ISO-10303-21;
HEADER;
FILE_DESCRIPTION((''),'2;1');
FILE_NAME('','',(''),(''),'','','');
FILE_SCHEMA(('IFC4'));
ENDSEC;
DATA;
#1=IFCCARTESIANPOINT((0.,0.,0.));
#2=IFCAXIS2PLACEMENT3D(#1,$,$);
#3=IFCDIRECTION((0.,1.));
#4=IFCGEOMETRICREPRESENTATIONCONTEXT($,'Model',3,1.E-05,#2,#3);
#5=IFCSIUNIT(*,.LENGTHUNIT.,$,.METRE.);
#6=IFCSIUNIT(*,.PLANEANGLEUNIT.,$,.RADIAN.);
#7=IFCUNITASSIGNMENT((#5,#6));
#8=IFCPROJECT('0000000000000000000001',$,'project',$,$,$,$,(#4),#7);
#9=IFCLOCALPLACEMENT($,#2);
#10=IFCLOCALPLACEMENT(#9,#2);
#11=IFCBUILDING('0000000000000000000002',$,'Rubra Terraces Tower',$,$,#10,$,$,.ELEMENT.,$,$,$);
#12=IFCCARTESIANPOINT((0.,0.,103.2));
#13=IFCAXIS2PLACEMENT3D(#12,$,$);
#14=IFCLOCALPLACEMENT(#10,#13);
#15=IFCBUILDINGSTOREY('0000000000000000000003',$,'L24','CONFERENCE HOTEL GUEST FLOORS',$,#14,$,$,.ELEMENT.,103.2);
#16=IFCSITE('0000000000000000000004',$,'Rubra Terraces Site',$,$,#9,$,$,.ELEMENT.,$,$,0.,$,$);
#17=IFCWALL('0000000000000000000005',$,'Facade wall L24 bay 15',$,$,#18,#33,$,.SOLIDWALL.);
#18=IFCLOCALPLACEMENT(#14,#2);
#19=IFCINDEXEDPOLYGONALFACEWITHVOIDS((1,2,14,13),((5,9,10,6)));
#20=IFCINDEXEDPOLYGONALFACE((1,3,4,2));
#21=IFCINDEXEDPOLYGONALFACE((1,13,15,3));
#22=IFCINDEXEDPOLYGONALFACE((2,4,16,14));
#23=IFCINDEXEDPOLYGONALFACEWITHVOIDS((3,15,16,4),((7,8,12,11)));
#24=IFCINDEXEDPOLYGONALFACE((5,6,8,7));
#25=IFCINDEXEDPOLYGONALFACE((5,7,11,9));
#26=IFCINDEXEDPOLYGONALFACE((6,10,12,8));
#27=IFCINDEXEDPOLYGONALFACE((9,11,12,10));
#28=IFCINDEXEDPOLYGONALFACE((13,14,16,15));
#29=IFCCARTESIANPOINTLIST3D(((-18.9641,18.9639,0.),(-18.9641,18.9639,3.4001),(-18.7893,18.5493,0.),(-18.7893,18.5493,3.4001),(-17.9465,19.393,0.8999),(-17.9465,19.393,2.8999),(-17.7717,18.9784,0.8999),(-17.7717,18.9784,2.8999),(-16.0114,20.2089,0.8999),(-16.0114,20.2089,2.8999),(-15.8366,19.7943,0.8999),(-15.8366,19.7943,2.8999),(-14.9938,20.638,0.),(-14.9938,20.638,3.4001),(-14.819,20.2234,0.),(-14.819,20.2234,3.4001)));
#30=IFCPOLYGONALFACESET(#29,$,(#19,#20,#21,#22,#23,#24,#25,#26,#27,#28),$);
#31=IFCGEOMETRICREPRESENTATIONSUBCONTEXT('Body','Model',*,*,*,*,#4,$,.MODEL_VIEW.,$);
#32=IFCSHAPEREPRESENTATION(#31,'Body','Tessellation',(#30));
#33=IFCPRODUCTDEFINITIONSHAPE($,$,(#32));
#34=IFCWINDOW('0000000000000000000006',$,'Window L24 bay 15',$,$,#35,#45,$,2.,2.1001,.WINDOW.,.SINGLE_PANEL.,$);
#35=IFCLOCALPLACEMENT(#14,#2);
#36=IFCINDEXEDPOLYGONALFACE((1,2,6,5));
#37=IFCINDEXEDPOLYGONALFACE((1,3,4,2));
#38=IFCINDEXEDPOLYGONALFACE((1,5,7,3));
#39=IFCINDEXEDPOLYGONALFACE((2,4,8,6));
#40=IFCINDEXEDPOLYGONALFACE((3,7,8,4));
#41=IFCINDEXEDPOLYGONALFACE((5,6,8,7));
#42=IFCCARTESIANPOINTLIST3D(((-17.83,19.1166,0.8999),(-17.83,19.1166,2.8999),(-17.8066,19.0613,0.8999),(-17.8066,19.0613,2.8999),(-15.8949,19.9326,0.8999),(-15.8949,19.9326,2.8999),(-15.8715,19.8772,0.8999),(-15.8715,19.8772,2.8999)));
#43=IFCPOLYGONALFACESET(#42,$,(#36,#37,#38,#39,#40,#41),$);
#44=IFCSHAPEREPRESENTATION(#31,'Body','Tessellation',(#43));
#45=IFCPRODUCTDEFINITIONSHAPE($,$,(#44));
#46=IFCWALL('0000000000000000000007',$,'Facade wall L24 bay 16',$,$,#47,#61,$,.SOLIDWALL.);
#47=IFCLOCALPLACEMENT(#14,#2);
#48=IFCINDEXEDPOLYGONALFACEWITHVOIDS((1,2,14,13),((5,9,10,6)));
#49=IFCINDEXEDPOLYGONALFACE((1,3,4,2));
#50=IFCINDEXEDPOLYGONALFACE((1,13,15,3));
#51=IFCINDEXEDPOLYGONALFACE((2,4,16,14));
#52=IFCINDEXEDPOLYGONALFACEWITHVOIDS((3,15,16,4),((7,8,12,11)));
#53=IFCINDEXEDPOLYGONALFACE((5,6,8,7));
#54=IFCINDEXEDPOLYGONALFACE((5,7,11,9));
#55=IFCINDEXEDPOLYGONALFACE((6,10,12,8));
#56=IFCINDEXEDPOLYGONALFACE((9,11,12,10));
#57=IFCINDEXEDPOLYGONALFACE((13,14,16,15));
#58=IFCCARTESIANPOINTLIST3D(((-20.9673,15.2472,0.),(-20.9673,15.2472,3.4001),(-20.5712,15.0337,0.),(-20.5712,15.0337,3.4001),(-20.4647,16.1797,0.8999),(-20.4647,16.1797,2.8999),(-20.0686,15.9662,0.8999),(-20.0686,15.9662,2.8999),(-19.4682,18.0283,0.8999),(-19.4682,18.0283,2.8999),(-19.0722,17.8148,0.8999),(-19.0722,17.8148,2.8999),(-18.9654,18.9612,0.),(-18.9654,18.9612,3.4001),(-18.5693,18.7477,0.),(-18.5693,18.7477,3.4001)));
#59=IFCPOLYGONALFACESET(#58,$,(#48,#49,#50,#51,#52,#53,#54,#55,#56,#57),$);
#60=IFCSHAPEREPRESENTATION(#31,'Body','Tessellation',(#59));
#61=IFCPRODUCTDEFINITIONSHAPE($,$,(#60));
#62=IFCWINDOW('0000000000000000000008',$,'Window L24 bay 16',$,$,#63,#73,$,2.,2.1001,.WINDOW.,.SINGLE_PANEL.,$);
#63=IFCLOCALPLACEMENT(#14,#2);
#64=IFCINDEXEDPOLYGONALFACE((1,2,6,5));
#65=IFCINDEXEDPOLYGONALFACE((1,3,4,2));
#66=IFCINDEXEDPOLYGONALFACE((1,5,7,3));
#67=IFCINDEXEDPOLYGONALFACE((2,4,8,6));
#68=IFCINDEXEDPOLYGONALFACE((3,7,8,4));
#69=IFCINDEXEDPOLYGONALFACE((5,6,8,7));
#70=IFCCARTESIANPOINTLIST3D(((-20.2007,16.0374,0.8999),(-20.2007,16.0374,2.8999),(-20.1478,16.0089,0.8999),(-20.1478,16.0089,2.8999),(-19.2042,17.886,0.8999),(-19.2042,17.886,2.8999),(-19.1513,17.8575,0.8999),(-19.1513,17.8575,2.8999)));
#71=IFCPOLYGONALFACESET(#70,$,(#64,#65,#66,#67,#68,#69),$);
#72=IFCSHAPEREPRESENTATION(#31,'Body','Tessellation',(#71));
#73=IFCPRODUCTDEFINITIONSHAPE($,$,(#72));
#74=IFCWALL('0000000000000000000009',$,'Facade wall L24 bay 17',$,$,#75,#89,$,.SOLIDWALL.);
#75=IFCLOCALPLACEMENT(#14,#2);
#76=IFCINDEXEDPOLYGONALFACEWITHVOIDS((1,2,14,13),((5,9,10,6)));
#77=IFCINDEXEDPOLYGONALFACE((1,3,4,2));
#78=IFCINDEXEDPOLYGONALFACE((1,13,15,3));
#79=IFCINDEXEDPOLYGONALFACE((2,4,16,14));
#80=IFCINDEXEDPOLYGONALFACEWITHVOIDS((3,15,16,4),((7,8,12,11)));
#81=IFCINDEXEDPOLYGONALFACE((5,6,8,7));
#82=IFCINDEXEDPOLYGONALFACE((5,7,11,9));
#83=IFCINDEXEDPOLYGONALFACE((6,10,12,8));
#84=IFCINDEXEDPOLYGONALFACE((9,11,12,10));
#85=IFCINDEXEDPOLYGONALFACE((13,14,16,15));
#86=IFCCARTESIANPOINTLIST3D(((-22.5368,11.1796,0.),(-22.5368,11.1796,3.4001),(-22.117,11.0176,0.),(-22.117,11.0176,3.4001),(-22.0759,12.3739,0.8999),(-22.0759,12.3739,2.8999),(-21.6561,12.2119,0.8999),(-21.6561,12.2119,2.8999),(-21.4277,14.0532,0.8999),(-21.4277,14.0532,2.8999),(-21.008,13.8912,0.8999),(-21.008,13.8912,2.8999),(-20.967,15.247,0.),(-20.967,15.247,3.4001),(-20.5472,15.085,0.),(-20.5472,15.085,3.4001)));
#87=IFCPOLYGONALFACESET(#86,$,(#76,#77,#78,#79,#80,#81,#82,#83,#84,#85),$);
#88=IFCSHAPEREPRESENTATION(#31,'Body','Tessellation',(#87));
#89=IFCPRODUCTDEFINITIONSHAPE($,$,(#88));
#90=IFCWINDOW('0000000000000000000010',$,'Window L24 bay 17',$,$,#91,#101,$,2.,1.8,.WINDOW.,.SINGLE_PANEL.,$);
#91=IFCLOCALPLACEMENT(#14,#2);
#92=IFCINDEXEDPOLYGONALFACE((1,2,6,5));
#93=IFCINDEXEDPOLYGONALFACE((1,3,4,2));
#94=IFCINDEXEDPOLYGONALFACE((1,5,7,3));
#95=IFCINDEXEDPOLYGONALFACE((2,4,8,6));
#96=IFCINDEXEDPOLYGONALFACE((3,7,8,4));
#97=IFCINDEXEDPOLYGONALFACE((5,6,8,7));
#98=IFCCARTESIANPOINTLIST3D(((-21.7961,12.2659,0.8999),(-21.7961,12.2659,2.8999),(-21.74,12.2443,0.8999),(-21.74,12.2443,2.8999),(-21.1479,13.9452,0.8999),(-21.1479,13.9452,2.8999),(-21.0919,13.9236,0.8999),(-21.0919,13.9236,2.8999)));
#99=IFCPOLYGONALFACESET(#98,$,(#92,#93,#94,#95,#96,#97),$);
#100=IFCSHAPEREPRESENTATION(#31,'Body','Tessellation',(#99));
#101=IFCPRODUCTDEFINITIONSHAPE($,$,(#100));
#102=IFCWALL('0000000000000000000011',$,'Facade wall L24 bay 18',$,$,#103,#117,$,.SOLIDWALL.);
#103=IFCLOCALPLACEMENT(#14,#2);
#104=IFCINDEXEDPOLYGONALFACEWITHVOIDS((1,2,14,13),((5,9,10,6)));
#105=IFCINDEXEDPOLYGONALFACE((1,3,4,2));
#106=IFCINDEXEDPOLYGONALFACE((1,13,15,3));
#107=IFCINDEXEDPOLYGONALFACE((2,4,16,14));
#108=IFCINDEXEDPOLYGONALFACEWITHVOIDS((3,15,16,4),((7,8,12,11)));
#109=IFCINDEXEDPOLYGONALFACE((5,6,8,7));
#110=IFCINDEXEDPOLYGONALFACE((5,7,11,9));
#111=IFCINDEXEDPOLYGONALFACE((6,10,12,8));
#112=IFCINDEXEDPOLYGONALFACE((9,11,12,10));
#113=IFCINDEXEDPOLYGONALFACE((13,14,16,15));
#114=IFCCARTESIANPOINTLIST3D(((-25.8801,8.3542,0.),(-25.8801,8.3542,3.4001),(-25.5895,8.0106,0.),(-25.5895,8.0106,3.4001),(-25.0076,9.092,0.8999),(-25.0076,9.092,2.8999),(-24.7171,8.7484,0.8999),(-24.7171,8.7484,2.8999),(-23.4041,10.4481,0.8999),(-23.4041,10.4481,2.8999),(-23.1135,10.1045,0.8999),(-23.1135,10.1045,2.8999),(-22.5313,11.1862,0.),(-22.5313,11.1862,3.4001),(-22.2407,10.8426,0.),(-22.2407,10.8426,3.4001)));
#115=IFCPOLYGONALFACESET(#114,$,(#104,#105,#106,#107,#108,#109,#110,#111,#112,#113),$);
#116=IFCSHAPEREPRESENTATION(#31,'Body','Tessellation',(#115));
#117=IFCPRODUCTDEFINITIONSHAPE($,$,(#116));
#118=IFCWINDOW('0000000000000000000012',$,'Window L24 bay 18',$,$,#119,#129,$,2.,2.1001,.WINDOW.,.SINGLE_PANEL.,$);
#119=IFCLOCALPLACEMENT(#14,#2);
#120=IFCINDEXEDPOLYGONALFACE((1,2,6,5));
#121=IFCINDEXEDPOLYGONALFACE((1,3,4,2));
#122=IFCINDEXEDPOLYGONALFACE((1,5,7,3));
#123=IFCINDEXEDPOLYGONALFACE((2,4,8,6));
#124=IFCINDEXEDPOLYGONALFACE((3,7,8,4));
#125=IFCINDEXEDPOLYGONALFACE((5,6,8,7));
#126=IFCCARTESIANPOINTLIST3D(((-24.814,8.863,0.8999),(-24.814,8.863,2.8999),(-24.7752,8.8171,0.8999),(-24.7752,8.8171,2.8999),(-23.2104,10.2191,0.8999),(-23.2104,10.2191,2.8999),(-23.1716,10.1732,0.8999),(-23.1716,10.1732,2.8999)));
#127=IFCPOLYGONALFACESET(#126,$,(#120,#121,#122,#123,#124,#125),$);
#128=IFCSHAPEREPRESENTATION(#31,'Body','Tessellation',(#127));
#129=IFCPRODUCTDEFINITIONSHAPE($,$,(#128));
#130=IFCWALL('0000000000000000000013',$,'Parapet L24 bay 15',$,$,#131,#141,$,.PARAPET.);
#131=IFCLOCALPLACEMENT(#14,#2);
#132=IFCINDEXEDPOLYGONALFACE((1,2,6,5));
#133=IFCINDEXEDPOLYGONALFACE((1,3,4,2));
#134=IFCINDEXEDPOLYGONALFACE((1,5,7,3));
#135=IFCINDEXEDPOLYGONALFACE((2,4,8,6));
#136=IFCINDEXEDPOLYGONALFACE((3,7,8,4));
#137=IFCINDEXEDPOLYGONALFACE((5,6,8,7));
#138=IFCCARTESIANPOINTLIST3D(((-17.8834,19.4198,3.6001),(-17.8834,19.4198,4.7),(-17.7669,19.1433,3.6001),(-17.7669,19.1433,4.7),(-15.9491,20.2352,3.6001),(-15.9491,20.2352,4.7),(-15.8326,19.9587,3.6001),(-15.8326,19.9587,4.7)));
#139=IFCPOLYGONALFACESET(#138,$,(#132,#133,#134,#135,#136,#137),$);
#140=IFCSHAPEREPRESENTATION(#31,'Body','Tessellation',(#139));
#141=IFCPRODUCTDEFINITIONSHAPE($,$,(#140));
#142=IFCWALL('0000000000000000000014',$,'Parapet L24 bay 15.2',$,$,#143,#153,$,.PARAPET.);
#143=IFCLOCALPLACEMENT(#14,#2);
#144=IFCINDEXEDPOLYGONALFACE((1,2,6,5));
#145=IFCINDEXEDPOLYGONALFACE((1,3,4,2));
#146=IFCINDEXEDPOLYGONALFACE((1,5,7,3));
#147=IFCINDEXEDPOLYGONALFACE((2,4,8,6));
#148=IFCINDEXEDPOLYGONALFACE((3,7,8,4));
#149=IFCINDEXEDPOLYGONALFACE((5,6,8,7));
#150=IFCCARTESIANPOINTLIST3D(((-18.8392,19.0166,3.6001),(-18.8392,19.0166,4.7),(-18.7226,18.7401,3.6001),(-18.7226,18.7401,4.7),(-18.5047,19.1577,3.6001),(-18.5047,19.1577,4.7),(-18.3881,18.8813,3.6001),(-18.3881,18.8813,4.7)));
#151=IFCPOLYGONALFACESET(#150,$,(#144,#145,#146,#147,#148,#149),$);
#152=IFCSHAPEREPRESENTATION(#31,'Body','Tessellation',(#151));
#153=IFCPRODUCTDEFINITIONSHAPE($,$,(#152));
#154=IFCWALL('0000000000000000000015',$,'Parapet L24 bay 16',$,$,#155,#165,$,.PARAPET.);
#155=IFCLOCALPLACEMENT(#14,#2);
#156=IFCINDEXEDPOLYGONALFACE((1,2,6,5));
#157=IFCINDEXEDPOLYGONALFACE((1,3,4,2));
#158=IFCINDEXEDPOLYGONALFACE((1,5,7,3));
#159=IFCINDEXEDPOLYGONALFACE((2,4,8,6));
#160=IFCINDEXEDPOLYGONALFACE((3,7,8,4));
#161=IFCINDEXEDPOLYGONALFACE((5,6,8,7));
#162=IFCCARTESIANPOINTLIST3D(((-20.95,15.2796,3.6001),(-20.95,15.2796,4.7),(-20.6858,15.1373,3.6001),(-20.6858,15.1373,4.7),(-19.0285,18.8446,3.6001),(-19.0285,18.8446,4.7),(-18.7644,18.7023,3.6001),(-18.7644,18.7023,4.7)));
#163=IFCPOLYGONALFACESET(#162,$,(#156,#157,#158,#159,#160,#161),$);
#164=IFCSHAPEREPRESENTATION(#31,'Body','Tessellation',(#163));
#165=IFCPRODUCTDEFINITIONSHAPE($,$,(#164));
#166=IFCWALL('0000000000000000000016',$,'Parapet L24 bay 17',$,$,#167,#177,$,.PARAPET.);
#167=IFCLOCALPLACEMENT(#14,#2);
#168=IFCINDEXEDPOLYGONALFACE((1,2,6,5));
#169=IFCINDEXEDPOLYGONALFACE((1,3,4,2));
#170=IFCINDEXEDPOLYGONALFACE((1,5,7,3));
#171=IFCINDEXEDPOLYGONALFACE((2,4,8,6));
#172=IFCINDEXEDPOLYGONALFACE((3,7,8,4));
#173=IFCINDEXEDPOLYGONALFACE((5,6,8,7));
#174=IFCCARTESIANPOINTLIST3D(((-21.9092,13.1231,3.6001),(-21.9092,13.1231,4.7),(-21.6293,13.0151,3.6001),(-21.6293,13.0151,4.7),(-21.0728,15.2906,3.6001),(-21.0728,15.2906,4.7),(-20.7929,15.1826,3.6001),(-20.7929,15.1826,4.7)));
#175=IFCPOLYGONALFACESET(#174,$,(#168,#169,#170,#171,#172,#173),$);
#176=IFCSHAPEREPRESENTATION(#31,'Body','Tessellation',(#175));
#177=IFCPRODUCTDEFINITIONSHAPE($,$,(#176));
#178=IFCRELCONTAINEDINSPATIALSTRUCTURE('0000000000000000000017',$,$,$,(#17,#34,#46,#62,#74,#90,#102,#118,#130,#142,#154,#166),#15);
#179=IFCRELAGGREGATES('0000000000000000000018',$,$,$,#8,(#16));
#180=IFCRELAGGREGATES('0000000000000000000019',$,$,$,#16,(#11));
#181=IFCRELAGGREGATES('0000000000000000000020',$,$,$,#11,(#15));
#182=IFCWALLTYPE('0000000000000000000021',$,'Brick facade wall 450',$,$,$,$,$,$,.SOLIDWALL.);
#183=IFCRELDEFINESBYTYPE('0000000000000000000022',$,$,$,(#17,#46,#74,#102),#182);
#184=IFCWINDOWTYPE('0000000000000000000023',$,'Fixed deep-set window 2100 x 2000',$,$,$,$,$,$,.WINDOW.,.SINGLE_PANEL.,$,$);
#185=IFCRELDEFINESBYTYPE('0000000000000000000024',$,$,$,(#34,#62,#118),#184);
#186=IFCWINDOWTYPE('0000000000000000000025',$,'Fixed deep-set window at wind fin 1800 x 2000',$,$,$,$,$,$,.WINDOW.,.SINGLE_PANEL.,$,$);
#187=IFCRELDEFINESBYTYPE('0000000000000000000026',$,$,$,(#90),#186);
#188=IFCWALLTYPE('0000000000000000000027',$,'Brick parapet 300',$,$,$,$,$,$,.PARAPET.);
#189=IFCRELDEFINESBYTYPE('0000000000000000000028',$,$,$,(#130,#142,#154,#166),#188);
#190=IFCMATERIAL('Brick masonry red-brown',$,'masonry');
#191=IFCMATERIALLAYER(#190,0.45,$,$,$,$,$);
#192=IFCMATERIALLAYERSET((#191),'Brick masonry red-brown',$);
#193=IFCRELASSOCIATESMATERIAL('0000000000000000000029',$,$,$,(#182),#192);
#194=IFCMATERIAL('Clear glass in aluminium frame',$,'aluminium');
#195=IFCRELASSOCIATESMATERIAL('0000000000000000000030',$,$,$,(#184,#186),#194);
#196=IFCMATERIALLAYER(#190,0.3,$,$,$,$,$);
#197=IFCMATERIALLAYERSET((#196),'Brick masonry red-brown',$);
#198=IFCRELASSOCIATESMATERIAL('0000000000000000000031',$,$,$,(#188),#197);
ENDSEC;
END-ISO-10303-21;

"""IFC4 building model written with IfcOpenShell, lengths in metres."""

from ifc_helpers import new_model, si_unit, direction, frame, frame_2d, origin, place, context, subcontext, project, spatial, rectangle, extrude, material, layer, layer_set, type_object, element, fill, save


model = new_model("IFC4")

# Units and contexts
model_context = context("Model", 3, precision=1e-05, world=origin(), true_north=direction((0.0, 1.0)))
body_context = subcontext(model_context, "Body", "Model", "MODEL_VIEW")
ifc_project = project(units=[si_unit("LENGTHUNIT", "METRE"), si_unit("PLANEANGLEUNIT", "RADIAN")], contexts=[model_context])

# Site, building, storey
site_placement = place(None, origin())
site = spatial("IfcSite", under=ifc_project, at=site_placement, Name="Rubra Terraces Site", CompositionType="ELEMENT", RefElevation=0.0)
building_placement = place(site_placement, origin())
building = spatial("IfcBuilding", under=site, at=building_placement, Name="Rubra Terraces Tower", CompositionType="ELEMENT")
storey_placement = place(building_placement, frame((0.0, 0.0, 103.2)))
storey = spatial("IfcBuildingStorey", under=building, at=storey_placement, Name="L24", Description="CONFERENCE HOTEL GUEST FLOORS", CompositionType="ELEMENT", Elevation=103.2)

# Walls, openings, windows
ifc_material_1 = material(Name="Brick masonry red-brown", Category="masonry")
ifc_layer_1 = layer(ifc_material_1, 0.45)
ifc_layer_set_1 = layer_set([ifc_layer_1], Name="Brick masonry red-brown")
wall_type_1 = type_object("IfcWallType", Name="Brick facade wall 450", PredefinedType="SOLIDWALL", material=ifc_layer_set_1)
wall_1_placement = place(storey_placement, frame((-14.9065, 20.4307, 0.0), z_axis=(0.0, 0.0, 1.0), x_axis=(-0.921436, -0.388531, 0.0)))
wall_1 = element("IfcWall", 1, at=wall_1_placement, inside=storey, type_object=wall_type_1, Name="Facade wall L24 bay 15", PredefinedType="SOLIDWALL", context=body_context, shape_type="SweptSolid", body=[
    extrude(rectangle(XDim=4.3088, YDim=0.45, at=frame_2d((2.1543, 0.0))), origin(), (0.0, 0.0, 1.0), 3.4001),
])
opening_1_placement = place(wall_1_placement, frame((1.1042, 0.0, 0.8999)))
opening_1 = element("IfcOpeningElement", 2, at=opening_1_placement, cuts=wall_1, PredefinedType="OPENING", context=body_context, shape_type="SweptSolid", body=[
    extrude(rectangle(XDim=2.1001, YDim=2.0, at=frame_2d((1.05, 1.0))), frame((0.0, 0.2349, 0.0), z_axis=(0.0, -1.0, 0.0), x_axis=(1.0, 0.0, 0.0)), (0.0, 0.0, 1.0), 0.47),
])
ifc_material_2 = material(Name="Clear glass in aluminium frame", Category="aluminium")
window_type_1 = type_object("IfcWindowType", Name="Fixed deep-set window 2100 x 2000", PartitioningType="SINGLE_PANEL", PredefinedType="WINDOW", material=ifc_material_2)
window_1_placement = place(opening_1_placement, origin())
window_1 = element("IfcWindow", 3, at=window_1_placement, inside=storey, type_object=window_type_1, Name="Window L24 bay 15", OverallHeight=2.0, OverallWidth=2.1001, PartitioningType="SINGLE_PANEL", PredefinedType="WINDOW", context=body_context, shape_type="SweptSolid", body=[
    extrude(rectangle(XDim=2.1001, YDim=2.0, at=frame_2d((1.05, 1.0))), frame((0.0, 0.135, 0.0), z_axis=(0.0, -1.0, 0.0), x_axis=(1.0, 0.0, 0.0)), (0.0, 0.0, 1.0), 0.0601),
])
fill(opening_1, window_1)
wall_2_placement = place(storey_placement, frame((-18.7673, 18.8545, 0.0), z_axis=(0.0, 0.0, 1.0), x_axis=(-0.474476, -0.880268, 0.0)))
wall_2 = element("IfcWall", 4, at=wall_2_placement, inside=storey, type_object=wall_type_1, Name="Facade wall L24 bay 16", PredefinedType="SOLIDWALL", context=body_context, shape_type="SweptSolid", body=[
    extrude(rectangle(XDim=4.2192, YDim=0.45, at=frame_2d((2.1096, 0.0))), origin(), (0.0, 0.0, 1.0), 3.4001),
])
opening_2_placement = place(wall_2_placement, frame((1.0598, 0.0, 0.8999)))
opening_2 = element("IfcOpeningElement", 5, at=opening_2_placement, cuts=wall_2, PredefinedType="OPENING", context=body_context, shape_type="SweptSolid", body=[
    extrude(rectangle(XDim=2.1001, YDim=2.0, at=frame_2d((1.05, 1.0))), frame((0.0, 0.2349, 0.0), z_axis=(0.0, -1.0, 0.0), x_axis=(1.0, 0.0, 0.0)), (0.0, 0.0, 1.0), 0.47),
])
window_2_placement = place(opening_2_placement, origin())
window_2 = element("IfcWindow", 6, at=window_2_placement, inside=storey, type_object=window_type_1, Name="Window L24 bay 16", OverallHeight=2.0, OverallWidth=2.1001, PartitioningType="SINGLE_PANEL", PredefinedType="WINDOW", context=body_context, shape_type="SweptSolid", body=[
    extrude(rectangle(XDim=2.1001, YDim=2.0, at=frame_2d((1.05, 1.0))), frame((0.0, 0.135, 0.0), z_axis=(0.0, -1.0, 0.0), x_axis=(1.0, 0.0, 0.0)), (0.0, 0.0, 1.0), 0.0601),
])
fill(opening_2, window_2)
wall_3_placement = place(storey_placement, frame((-20.7571, 15.166, 0.0), z_axis=(0.0, 0.0, 1.0), x_axis=(-0.360067, -0.932926, 0.0)))
wall_3 = element("IfcWall", 7, at=wall_3_placement, inside=storey, type_object=wall_type_1, Name="Facade wall L24 bay 17", PredefinedType="SOLIDWALL", context=body_context, shape_type="SweptSolid", body=[
    extrude(rectangle(XDim=4.3599, YDim=0.45, at=frame_2d((2.1799, 0.0))), origin(), (0.0, 0.0, 1.0), 3.4001),
])
opening_3_placement = place(wall_3_placement, frame((1.2798, 0.0, 0.8999)))
opening_3 = element("IfcOpeningElement", 8, at=opening_3_placement, cuts=wall_3, PredefinedType="OPENING", context=body_context, shape_type="SweptSolid", body=[
    extrude(rectangle(XDim=1.8, YDim=2.0, at=frame_2d((0.8999, 1.0))), frame((0.0, 0.2349, 0.0), z_axis=(0.0, -1.0, 0.0), x_axis=(1.0, 0.0, 0.0)), (0.0, 0.0, 1.0), 0.47),
])
window_type_2 = type_object("IfcWindowType", Name="Fixed deep-set window at wind fin 1800 x 2000", PartitioningType="SINGLE_PANEL", PredefinedType="WINDOW", material=ifc_material_2)
window_3_placement = place(opening_3_placement, origin())
window_3 = element("IfcWindow", 9, at=window_3_placement, inside=storey, type_object=window_type_2, Name="Window L24 bay 17", OverallHeight=2.0, OverallWidth=1.8, PartitioningType="SINGLE_PANEL", PredefinedType="WINDOW", context=body_context, shape_type="SweptSolid", body=[
    extrude(rectangle(XDim=1.8, YDim=2.0, at=frame_2d((0.8999, 1.0))), frame((0.0, 0.135, 0.0), z_axis=(0.0, -1.0, 0.0), x_axis=(1.0, 0.0, 0.0)), (0.0, 0.0, 1.0), 0.0601),
])
fill(opening_3, window_3)
wall_4_placement = place(storey_placement, frame((-22.386, 11.0144, 0.0), z_axis=(0.0, 0.0, 1.0), x_axis=(-0.76357, -0.645725, 0.0)))
wall_4 = element("IfcWall", 10, at=wall_4_placement, inside=storey, type_object=wall_type_1, Name="Facade wall L24 bay 18", PredefinedType="SOLIDWALL", context=body_context, shape_type="SweptSolid", body=[
    extrude(rectangle(XDim=4.3857, YDim=0.45, at=frame_2d((2.1929, 0.0))), origin(), (0.0, 0.0, 1.0), 3.4001),
])
opening_4_placement = place(wall_4_placement, frame((1.1431, 0.0, 0.8999)))
opening_4 = element("IfcOpeningElement", 11, at=opening_4_placement, cuts=wall_4, PredefinedType="OPENING", context=body_context, shape_type="SweptSolid", body=[
    extrude(rectangle(XDim=2.1001, YDim=2.0, at=frame_2d((1.05, 1.0))), frame((0.0, 0.2349, 0.0), z_axis=(0.0, -1.0, 0.0), x_axis=(1.0, 0.0, 0.0)), (0.0, 0.0, 1.0), 0.47),
])
window_4_placement = place(opening_4_placement, origin())
window_4 = element("IfcWindow", 12, at=window_4_placement, inside=storey, type_object=window_type_1, Name="Window L24 bay 18", OverallHeight=2.0, OverallWidth=2.1001, PartitioningType="SINGLE_PANEL", PredefinedType="WINDOW", context=body_context, shape_type="SweptSolid", body=[
    extrude(rectangle(XDim=2.1001, YDim=2.0, at=frame_2d((1.05, 1.0))), frame((0.0, 0.135, 0.0), z_axis=(0.0, -1.0, 0.0), x_axis=(1.0, 0.0, 0.0)), (0.0, 0.0, 1.0), 0.0601),
])
fill(opening_4, window_4)

# Walls
ifc_layer_2 = layer(ifc_material_1, 0.3)
ifc_layer_set_2 = layer_set([ifc_layer_2], Name="Brick masonry red-brown")
wall_type_2 = type_object("IfcWallType", Name="Brick parapet 300", PredefinedType="PARAPET", material=ifc_layer_set_2)
wall_5_placement = place(storey_placement, frame((-15.8909, 20.0969, 3.6001), z_axis=(0.0, 0.0, 1.0), x_axis=(-0.921469, -0.388452, 0.0)))
element("IfcWall", 13, at=wall_5_placement, inside=storey, type_object=wall_type_2, Name="Parapet L24 bay 15", PredefinedType="PARAPET", context=body_context, shape_type="SweptSolid", body=[
    extrude(rectangle(XDim=2.0991, YDim=0.3, at=frame_2d((1.0496, 0.0))), origin(), (0.0, 0.0, 1.0), 1.0999),
])
wall_6_placement = place(storey_placement, frame((-18.4463, 19.0195, 3.6001), z_axis=(0.0, 0.0, 1.0), x_axis=(-0.921357, -0.388718, 0.0)))
element("IfcWall", 14, at=wall_6_placement, inside=storey, type_object=wall_type_2, Name="Parapet L24 bay 15.2", PredefinedType="PARAPET", context=body_context, shape_type="SweptSolid", body=[
    extrude(rectangle(XDim=0.363, YDim=0.3, at=frame_2d((0.1816, 0.0))), origin(), (0.0, 0.0, 1.0), 1.0999),
])
wall_7_placement = place(storey_placement, frame((-18.8965, 18.7734, 3.6001), z_axis=(0.0, 0.0, 1.0), x_axis=(-0.474445, -0.880285, 0.0)))
element("IfcWall", 15, at=wall_7_placement, inside=storey, type_object=wall_type_2, Name="Parapet L24 bay 16", PredefinedType="PARAPET", context=body_context, shape_type="SweptSolid", body=[
    extrude(rectangle(XDim=4.0498, YDim=0.3, at=frame_2d((2.0249, 0.0))), origin(), (0.0, 0.0, 1.0), 1.0999),
])
wall_8_placement = place(storey_placement, frame((-20.9329, 15.2366, 3.6001), z_axis=(0.0, 0.0, 1.0), x_axis=(-0.360021, -0.932944, 0.0)))
element("IfcWall", 16, at=wall_8_placement, inside=storey, type_object=wall_type_2, Name="Parapet L24 bay 17", PredefinedType="PARAPET", context=body_context, shape_type="SweptSolid", body=[
    extrude(rectangle(XDim=2.3232, YDim=0.3, at=frame_2d((1.1616, 0.0))), origin(), (0.0, 0.0, 1.0), 1.0999),
])

save(model, "model.ifc")
